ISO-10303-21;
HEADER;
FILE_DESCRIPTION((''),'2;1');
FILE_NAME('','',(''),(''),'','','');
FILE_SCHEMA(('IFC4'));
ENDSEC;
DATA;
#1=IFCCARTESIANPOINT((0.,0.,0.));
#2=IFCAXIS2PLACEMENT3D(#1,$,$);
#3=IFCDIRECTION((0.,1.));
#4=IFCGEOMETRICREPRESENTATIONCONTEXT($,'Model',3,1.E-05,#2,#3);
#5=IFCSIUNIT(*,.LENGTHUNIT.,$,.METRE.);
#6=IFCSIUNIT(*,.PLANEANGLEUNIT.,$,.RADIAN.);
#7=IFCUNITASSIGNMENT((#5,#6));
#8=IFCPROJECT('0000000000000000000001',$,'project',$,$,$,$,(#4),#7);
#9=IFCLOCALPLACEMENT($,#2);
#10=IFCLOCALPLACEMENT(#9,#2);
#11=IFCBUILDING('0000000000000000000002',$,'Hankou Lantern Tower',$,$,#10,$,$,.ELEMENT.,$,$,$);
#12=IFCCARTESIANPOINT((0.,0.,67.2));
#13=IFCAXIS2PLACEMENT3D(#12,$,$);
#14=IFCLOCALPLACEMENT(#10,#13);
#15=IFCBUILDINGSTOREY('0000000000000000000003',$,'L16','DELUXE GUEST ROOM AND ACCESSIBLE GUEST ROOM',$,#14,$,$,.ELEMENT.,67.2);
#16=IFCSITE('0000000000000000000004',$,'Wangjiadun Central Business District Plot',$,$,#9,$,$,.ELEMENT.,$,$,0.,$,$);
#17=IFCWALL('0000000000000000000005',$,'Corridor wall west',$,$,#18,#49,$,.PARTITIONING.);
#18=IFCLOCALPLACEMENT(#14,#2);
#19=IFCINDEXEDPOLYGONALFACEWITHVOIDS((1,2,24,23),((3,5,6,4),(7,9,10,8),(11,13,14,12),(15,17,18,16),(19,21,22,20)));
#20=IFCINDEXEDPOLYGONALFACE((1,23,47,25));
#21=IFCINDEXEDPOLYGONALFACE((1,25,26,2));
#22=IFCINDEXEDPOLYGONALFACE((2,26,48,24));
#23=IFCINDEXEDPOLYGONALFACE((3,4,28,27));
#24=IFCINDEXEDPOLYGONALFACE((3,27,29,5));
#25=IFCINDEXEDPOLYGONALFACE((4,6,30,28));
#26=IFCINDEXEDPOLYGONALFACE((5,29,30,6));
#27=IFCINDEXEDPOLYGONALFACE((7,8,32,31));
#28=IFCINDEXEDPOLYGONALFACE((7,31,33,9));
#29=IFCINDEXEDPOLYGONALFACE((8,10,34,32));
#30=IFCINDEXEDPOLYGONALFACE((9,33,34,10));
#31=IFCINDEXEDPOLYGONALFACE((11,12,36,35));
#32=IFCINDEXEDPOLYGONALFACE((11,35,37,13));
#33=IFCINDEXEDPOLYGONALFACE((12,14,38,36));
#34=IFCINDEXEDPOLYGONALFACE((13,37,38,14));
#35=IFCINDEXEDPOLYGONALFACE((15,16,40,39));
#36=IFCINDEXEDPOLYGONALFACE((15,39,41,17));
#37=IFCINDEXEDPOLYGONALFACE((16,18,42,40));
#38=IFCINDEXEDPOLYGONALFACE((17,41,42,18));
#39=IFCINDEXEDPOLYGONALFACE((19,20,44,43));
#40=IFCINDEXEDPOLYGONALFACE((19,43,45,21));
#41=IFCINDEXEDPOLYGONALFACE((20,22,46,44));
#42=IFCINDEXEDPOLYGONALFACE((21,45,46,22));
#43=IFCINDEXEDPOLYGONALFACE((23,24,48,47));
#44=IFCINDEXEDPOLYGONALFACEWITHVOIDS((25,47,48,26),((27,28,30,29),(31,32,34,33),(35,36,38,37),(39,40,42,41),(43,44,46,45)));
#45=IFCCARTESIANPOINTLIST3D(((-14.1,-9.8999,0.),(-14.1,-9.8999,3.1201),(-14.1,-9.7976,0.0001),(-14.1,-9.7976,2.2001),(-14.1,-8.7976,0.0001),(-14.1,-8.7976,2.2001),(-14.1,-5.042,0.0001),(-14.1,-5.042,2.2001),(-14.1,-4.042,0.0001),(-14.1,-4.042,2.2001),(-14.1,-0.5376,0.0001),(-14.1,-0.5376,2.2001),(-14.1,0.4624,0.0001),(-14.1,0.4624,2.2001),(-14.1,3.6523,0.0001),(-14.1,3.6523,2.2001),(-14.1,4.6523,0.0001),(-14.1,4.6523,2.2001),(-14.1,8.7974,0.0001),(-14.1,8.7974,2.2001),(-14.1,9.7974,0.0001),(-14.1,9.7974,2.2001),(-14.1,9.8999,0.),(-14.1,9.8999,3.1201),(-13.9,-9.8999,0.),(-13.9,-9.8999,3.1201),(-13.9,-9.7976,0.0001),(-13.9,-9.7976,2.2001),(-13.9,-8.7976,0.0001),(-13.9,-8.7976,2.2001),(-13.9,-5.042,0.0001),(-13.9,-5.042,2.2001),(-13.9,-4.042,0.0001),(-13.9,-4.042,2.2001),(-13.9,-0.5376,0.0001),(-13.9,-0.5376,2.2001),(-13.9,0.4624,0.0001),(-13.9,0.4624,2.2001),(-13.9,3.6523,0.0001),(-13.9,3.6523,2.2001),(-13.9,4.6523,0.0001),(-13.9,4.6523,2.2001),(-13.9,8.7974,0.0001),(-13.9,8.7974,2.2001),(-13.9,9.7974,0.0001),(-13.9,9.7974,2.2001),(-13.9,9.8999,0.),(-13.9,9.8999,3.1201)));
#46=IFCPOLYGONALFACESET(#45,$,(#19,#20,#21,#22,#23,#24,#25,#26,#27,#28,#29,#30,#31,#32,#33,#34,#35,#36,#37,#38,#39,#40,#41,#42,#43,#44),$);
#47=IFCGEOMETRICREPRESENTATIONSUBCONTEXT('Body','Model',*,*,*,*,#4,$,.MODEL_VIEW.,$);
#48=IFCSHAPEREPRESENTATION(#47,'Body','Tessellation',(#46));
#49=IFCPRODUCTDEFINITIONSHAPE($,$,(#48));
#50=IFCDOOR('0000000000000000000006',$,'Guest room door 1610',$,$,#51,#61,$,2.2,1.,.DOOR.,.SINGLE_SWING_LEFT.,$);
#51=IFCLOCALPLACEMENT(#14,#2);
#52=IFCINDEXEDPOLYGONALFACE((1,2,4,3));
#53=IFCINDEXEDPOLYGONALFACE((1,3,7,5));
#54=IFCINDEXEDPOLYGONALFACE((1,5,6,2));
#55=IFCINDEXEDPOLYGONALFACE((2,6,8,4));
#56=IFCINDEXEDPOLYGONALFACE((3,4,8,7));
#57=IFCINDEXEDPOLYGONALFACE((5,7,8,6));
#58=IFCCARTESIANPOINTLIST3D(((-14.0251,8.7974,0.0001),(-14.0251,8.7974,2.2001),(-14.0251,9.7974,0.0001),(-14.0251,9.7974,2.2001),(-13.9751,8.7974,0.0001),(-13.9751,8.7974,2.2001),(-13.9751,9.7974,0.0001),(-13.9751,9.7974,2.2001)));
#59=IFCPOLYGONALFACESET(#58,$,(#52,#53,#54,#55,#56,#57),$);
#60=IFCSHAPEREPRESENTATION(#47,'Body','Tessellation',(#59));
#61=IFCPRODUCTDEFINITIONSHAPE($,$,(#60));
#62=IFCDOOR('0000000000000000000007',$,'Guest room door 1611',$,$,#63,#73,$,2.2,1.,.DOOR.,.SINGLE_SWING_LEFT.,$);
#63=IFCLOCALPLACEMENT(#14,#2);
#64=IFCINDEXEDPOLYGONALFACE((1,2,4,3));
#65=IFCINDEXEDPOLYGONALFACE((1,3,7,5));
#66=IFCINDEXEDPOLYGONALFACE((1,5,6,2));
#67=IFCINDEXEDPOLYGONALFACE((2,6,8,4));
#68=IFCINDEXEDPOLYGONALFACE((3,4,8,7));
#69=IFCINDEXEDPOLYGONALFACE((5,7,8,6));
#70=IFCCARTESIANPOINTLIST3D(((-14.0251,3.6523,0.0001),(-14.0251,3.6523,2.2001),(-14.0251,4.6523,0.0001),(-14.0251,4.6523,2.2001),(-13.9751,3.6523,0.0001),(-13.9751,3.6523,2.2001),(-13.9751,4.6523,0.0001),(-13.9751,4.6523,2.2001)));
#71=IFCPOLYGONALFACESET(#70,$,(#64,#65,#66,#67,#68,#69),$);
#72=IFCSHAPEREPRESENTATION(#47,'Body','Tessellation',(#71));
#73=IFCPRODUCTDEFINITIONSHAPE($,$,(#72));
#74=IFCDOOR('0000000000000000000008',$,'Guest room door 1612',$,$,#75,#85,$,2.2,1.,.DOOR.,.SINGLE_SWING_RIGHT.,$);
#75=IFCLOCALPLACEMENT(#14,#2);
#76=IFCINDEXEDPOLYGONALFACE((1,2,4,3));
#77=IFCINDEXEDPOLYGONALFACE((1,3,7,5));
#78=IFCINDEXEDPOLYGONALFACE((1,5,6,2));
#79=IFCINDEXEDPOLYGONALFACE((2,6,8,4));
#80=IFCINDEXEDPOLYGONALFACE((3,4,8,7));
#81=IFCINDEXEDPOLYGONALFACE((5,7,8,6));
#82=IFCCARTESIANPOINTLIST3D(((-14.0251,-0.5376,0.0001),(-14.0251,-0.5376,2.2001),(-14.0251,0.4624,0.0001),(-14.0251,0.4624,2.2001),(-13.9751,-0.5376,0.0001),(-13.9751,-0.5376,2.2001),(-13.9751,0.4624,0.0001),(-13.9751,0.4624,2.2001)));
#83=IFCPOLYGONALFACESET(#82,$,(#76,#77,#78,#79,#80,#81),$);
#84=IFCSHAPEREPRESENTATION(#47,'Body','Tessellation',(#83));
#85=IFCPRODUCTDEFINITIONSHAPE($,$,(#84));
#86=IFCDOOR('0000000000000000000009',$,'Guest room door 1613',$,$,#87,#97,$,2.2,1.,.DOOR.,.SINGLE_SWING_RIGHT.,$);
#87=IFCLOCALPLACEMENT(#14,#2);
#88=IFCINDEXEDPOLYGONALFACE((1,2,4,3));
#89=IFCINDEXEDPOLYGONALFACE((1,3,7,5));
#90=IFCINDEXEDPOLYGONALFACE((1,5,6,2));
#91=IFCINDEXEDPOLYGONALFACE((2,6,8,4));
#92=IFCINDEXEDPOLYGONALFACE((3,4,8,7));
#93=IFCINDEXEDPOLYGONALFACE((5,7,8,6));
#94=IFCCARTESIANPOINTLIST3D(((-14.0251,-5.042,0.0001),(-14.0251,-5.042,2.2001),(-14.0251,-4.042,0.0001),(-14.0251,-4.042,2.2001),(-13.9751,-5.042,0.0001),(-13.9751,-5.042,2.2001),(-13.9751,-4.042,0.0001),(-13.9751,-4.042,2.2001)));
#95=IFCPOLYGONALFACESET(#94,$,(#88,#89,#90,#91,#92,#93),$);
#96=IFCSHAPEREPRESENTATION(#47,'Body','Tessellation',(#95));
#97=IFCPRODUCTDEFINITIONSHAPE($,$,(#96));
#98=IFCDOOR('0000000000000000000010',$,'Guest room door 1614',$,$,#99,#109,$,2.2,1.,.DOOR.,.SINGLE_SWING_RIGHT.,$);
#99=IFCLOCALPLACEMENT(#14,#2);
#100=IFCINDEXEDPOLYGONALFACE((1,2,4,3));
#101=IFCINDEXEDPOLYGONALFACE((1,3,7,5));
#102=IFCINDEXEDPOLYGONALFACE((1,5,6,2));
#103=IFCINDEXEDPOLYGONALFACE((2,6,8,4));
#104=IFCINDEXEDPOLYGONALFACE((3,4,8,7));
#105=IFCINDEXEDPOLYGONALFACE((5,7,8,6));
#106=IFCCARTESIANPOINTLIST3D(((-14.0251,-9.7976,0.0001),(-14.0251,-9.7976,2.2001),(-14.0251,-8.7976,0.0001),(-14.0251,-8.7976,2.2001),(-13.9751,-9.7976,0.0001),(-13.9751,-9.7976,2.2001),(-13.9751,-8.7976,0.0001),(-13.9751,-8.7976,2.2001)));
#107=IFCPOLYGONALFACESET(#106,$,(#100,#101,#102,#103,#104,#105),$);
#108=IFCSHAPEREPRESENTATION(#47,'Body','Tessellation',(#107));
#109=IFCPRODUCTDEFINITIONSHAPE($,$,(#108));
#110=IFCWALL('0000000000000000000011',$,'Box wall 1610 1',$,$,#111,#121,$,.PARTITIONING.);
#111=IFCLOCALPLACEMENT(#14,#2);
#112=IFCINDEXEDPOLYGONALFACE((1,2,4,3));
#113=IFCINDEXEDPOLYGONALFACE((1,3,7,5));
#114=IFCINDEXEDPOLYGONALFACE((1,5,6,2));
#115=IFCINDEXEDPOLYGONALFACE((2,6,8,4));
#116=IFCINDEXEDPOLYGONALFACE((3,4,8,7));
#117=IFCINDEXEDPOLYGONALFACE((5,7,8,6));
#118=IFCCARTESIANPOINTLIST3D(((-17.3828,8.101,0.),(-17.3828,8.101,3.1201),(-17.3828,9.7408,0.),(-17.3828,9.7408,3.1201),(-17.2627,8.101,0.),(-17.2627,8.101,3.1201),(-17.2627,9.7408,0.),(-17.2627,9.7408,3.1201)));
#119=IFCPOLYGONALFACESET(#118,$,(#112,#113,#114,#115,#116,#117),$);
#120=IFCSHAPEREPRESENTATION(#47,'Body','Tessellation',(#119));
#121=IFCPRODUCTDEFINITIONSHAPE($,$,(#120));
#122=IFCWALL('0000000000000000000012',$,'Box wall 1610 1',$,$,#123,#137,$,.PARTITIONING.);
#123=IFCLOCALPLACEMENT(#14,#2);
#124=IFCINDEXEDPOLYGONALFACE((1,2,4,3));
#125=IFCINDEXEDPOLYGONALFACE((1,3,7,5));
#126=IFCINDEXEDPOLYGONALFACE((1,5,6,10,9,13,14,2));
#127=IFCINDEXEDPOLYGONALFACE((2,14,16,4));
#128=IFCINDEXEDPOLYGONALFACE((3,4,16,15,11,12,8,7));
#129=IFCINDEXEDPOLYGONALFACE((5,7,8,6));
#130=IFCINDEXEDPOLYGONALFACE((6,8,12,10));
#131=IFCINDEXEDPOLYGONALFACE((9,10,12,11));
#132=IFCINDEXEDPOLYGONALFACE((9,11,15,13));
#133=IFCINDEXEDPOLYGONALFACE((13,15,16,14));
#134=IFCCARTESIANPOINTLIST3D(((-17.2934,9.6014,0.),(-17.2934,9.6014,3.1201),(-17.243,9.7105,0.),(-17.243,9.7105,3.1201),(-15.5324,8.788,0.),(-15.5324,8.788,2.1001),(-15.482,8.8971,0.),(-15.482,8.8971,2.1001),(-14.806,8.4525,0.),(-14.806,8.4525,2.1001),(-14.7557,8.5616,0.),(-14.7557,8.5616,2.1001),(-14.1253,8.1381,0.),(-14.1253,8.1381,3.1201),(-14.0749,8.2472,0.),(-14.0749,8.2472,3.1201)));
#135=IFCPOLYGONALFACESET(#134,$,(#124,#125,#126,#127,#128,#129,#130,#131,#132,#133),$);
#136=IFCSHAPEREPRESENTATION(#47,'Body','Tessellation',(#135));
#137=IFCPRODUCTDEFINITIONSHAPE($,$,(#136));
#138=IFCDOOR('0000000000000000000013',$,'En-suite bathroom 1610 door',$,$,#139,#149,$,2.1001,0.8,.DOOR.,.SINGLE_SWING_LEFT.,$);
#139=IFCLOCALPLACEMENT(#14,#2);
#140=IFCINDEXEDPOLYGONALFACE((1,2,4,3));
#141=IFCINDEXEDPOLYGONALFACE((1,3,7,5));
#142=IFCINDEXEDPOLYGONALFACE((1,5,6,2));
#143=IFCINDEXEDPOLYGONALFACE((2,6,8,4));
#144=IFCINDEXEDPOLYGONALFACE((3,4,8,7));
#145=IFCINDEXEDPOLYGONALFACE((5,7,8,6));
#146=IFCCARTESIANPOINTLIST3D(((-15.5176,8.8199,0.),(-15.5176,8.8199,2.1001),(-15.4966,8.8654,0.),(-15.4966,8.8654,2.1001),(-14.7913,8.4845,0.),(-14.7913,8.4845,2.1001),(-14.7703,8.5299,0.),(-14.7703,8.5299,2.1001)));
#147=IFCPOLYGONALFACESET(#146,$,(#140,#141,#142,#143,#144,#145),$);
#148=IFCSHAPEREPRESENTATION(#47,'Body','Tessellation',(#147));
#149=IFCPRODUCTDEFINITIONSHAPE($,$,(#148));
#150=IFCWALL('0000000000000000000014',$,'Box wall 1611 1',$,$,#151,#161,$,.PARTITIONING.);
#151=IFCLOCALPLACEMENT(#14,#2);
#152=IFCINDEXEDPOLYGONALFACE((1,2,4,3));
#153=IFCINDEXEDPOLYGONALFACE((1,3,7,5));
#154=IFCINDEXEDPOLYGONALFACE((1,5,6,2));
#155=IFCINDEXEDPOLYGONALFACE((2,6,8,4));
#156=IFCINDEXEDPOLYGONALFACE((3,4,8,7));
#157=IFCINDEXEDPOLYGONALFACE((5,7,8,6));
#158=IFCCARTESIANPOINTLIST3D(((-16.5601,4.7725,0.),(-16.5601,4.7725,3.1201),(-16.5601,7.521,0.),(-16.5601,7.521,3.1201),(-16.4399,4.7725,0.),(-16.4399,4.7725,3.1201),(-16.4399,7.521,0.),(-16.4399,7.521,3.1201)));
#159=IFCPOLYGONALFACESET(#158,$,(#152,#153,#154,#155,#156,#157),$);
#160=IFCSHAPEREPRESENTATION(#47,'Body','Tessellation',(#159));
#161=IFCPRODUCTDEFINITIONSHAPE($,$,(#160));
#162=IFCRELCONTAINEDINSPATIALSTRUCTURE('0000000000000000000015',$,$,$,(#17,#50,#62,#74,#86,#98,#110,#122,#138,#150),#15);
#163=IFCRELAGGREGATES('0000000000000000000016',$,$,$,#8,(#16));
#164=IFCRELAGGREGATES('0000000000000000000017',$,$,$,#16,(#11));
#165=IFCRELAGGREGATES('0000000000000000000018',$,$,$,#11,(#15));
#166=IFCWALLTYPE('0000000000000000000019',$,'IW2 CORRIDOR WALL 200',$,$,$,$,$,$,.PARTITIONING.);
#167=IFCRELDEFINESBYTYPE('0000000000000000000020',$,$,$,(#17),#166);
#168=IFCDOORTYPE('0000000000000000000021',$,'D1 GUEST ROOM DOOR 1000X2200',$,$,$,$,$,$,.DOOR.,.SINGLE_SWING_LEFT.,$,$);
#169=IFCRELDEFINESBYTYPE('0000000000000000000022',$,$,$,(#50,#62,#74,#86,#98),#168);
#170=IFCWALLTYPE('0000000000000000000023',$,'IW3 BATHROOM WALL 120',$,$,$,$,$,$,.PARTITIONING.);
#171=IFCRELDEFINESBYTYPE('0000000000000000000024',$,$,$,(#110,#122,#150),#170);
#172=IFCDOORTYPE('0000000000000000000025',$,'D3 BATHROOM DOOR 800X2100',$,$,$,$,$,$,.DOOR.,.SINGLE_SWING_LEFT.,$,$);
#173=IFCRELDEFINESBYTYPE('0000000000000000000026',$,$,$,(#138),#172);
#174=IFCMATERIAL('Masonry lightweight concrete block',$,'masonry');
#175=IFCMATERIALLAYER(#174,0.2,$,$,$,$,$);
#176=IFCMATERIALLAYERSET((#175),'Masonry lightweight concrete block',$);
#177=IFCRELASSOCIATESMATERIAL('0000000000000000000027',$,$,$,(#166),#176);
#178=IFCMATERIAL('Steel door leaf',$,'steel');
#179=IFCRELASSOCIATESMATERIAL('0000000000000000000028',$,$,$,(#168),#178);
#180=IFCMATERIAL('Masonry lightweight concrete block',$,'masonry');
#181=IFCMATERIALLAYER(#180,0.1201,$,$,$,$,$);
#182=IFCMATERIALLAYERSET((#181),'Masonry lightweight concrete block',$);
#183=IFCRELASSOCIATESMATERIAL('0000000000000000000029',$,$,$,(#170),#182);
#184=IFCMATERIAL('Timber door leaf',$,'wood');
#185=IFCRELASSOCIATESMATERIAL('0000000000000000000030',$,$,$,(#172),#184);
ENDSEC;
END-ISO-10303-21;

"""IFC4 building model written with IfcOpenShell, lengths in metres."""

from ifc_helpers import new_model, si_unit, direction, frame, frame_2d, origin, place, context, subcontext, project, spatial, rectangle, extrude, material, layer, layer_set, type_object, element, fill, save


model = new_model("IFC4")

# Units and contexts
model_context = context("Model", 3, precision=1e-05, world=origin(), true_north=direction((0.0, 1.0)))
body_context = subcontext(model_context, "Body", "Model", "MODEL_VIEW")
ifc_project = project(units=[si_unit("LENGTHUNIT", "METRE"), si_unit("PLANEANGLEUNIT", "RADIAN")], contexts=[model_context])

# Site, building, storey
site_placement = place(None, origin())
site = spatial("IfcSite", under=ifc_project, at=site_placement, Name="Wangjiadun Central Business District Plot", CompositionType="ELEMENT", RefElevation=0.0)
building_placement = place(site_placement, origin())
building = spatial("IfcBuilding", under=site, at=building_placement, Name="Hankou Lantern Tower", CompositionType="ELEMENT")
storey_placement = place(building_placement, frame((0.0, 0.0, 67.2)))
storey = spatial("IfcBuildingStorey", under=building, at=storey_placement, Name="L16", Description="DELUXE GUEST ROOM AND ACCESSIBLE GUEST ROOM", CompositionType="ELEMENT", Elevation=67.2)

# Wall, openings, doors
ifc_material_1 = material(Name="Masonry lightweight concrete block", Category="masonry")
ifc_layer_1 = layer(ifc_material_1, 0.2)
ifc_layer_set_1 = layer_set([ifc_layer_1], Name="Masonry lightweight concrete block")
wall_type_1 = type_object("IfcWallType", Name="IW2 CORRIDOR WALL 200", PredefinedType="PARTITIONING", material=ifc_layer_set_1)
ifc_material_2 = material(Name="Steel door leaf", Category="steel")
door_type_1 = type_object("IfcDoorType", Name="D1 GUEST ROOM DOOR 1000X2200", OperationType="SINGLE_SWING_LEFT", PredefinedType="DOOR", material=ifc_material_2)
wall_1_placement = place(storey_placement, frame((-14.0, 9.8999, 0.0), z_axis=(0.0, 0.0, 1.0), x_axis=(0.0, -1.0, 0.0)))
wall_1 = element("IfcWall", 1, at=wall_1_placement, inside=storey, type_object=wall_type_1, Name="Corridor wall west", PredefinedType="PARTITIONING", context=body_context, shape_type="SweptSolid", body=[
    extrude(rectangle(XDim=19.7998, YDim=0.2, at=frame_2d((9.8999, 0.0))), origin(), (0.0, 0.0, 1.0), 3.1201),
])
opening_1_placement = place(wall_1_placement, frame((0.1025, 0.0, 0.0)))
opening_1 = element("IfcOpeningElement", 2, at=opening_1_placement, cuts=wall_1, PredefinedType="OPENING", context=body_context, shape_type="SweptSolid", body=[
    extrude(rectangle(XDim=1.0, YDim=2.2, at=frame_2d((0.5, 1.1001))), frame((0.0, 0.1099, 0.0), z_axis=(0.0, -1.0, 0.0), x_axis=(1.0, 0.0, 0.0)), (0.0, 0.0, 1.0), 0.22),
])
opening_2_placement = place(wall_1_placement, frame((5.2476, 0.0, 0.0)))
opening_2 = element("IfcOpeningElement", 3, at=opening_2_placement, cuts=wall_1, PredefinedType="OPENING", context=body_context, shape_type="SweptSolid", body=[
    extrude(rectangle(XDim=1.0, YDim=2.2, at=frame_2d((0.5, 1.1001))), frame((0.0, 0.1099, 0.0), z_axis=(0.0, -1.0, 0.0), x_axis=(1.0, 0.0, 0.0)), (0.0, 0.0, 1.0), 0.22),
])
opening_3_placement = place(wall_1_placement, frame((9.4375, 0.0, 0.0)))
opening_3 = element("IfcOpeningElement", 4, at=opening_3_placement, cuts=wall_1, PredefinedType="OPENING", context=body_context, shape_type="SweptSolid", body=[
    extrude(rectangle(XDim=1.0, YDim=2.2, at=frame_2d((0.5, 1.1001))), frame((0.0, 0.1099, 0.0), z_axis=(0.0, -1.0, 0.0), x_axis=(1.0, 0.0, 0.0)), (0.0, 0.0, 1.0), 0.22),
])
opening_4_placement = place(wall_1_placement, frame((13.9419, 0.0, 0.0)))
opening_4 = element("IfcOpeningElement", 5, at=opening_4_placement, cuts=wall_1, PredefinedType="OPENING", context=body_context, shape_type="SweptSolid", body=[
    extrude(rectangle(XDim=1.0, YDim=2.2, at=frame_2d((0.5, 1.1001))), frame((0.0, 0.1099, 0.0), z_axis=(0.0, -1.0, 0.0), x_axis=(1.0, 0.0, 0.0)), (0.0, 0.0, 1.0), 0.22),
])
opening_5_placement = place(wall_1_placement, frame((18.6975, 0.0, 0.0)))
opening_5 = element("IfcOpeningElement", 6, at=opening_5_placement, cuts=wall_1, PredefinedType="OPENING", context=body_context, shape_type="SweptSolid", body=[
    extrude(rectangle(XDim=1.0, YDim=2.2, at=frame_2d((0.5, 1.1001))), frame((0.0, 0.1099, 0.0), z_axis=(0.0, -1.0, 0.0), x_axis=(1.0, 0.0, 0.0)), (0.0, 0.0, 1.0), 0.22),
])
door_1_placement = place(opening_1_placement, origin())
door_1 = element("IfcDoor", 7, at=door_1_placement, inside=storey, type_object=door_type_1, Name="Guest room door 1610", OperationType="SINGLE_SWING_LEFT", OverallHeight=2.2, OverallWidth=1.0, PredefinedType="DOOR", context=body_context, shape_type="SweptSolid", body=[
    extrude(rectangle(XDim=1.0, YDim=2.2, at=frame_2d((0.5, 1.1001))), frame((0.0, 0.0249, 0.0), z_axis=(0.0, -1.0, 0.0), x_axis=(1.0, 0.0, 0.0)), (0.0, 0.0, 1.0), 0.05),
])
fill(opening_1, door_1)
door_2_placement = place(opening_2_placement, origin())
door_2 = element("IfcDoor", 8, at=door_2_placement, inside=storey, type_object=door_type_1, Name="Guest room door 1611", OperationType="SINGLE_SWING_LEFT", OverallHeight=2.2, OverallWidth=1.0, PredefinedType="DOOR", context=body_context, shape_type="SweptSolid", body=[
    extrude(rectangle(XDim=1.0, YDim=2.2, at=frame_2d((0.5, 1.1001))), frame((0.0, 0.0249, 0.0), z_axis=(0.0, -1.0, 0.0), x_axis=(1.0, 0.0, 0.0)), (0.0, 0.0, 1.0), 0.05),
])
fill(opening_2, door_2)
door_3_placement = place(opening_3_placement, origin())
door_3 = element("IfcDoor", 9, at=door_3_placement, inside=storey, type_object=door_type_1, Name="Guest room door 1612", OperationType="SINGLE_SWING_RIGHT", OverallHeight=2.2, OverallWidth=1.0, PredefinedType="DOOR", context=body_context, shape_type="SweptSolid", body=[
    extrude(rectangle(XDim=1.0, YDim=2.2, at=frame_2d((0.5, 1.1001))), frame((0.0, 0.0249, 0.0), z_axis=(0.0, -1.0, 0.0), x_axis=(1.0, 0.0, 0.0)), (0.0, 0.0, 1.0), 0.05),
])
fill(opening_3, door_3)
door_4_placement = place(opening_4_placement, origin())
door_4 = element("IfcDoor", 10, at=door_4_placement, inside=storey, type_object=door_type_1, Name="Guest room door 1613", OperationType="SINGLE_SWING_RIGHT", OverallHeight=2.2, OverallWidth=1.0, PredefinedType="DOOR", context=body_context, shape_type="SweptSolid", body=[
    extrude(rectangle(XDim=1.0, YDim=2.2, at=frame_2d((0.5, 1.1001))), frame((0.0, 0.0249, 0.0), z_axis=(0.0, -1.0, 0.0), x_axis=(1.0, 0.0, 0.0)), (0.0, 0.0, 1.0), 0.05),
])
fill(opening_4, door_4)
door_5_placement = place(opening_5_placement, origin())
door_5 = element("IfcDoor", 11, at=door_5_placement, inside=storey, type_object=door_type_1, Name="Guest room door 1614", OperationType="SINGLE_SWING_RIGHT", OverallHeight=2.2, OverallWidth=1.0, PredefinedType="DOOR", context=body_context, shape_type="SweptSolid", body=[
    extrude(rectangle(XDim=1.0, YDim=2.2, at=frame_2d((0.5, 1.1001))), frame((0.0, 0.0249, 0.0), z_axis=(0.0, -1.0, 0.0), x_axis=(1.0, 0.0, 0.0)), (0.0, 0.0, 1.0), 0.05),
])
fill(opening_5, door_5)

# Wall
ifc_material_3 = material(Name="Masonry lightweight concrete block", Category="masonry")
ifc_layer_2 = layer(ifc_material_3, 0.1201)
ifc_layer_set_2 = layer_set([ifc_layer_2], Name="Masonry lightweight concrete block")
wall_type_2 = type_object("IfcWallType", Name="IW3 BATHROOM WALL 120", PredefinedType="PARTITIONING", material=ifc_layer_set_2)
wall_2_placement = place(storey_placement, frame((-17.3228, 8.1011, 0.0), z_axis=(0.0, 0.0, 1.0), x_axis=(0.0, 1.0, 0.0)))
element("IfcWall", 12, at=wall_2_placement, inside=storey, type_object=wall_type_2, Name="Box wall 1610 1", PredefinedType="PARTITIONING", context=body_context, shape_type="SweptSolid", body=[
    extrude(rectangle(XDim=1.6399, YDim=0.1201, at=frame_2d((0.8198, 0.0))), origin(), (0.0, 0.0, 1.0), 3.1201),
])

# Wall, opening, door
wall_3_placement = place(storey_placement, frame((-14.1001, 8.1926, 0.0), z_axis=(0.0, 0.0, 1.0), x_axis=(-0.907836, 0.419324, 0.0)))
wall_3 = element("IfcWall", 13, at=wall_3_placement, inside=storey, type_object=wall_type_2, Name="Box wall 1610 1", PredefinedType="PARTITIONING", context=body_context, shape_type="SweptSolid", body=[
    extrude(rectangle(XDim=3.4897, YDim=0.1201, at=frame_2d((1.7449, 0.0))), origin(), (0.0, 0.0, 1.0), 3.1201),
])
opening_6_placement = place(wall_3_placement, frame((0.75, 0.0, 0.0)))
opening_6 = element("IfcOpeningElement", 14, at=opening_6_placement, cuts=wall_3, PredefinedType="OPENING", context=body_context, shape_type="SweptSolid", body=[
    extrude(rectangle(XDim=0.8, YDim=2.1001, at=frame_2d((0.3999, 1.05))), frame((0.0, 0.0701, 0.0), z_axis=(0.0, -1.0, 0.0), x_axis=(1.0, 0.0, 0.0)), (0.0, 0.0, 1.0), 0.1401),
])
ifc_material_4 = material(Name="Timber door leaf", Category="wood")
door_type_2 = type_object("IfcDoorType", Name="D3 BATHROOM DOOR 800X2100", OperationType="SINGLE_SWING_LEFT", PredefinedType="DOOR", material=ifc_material_4)
door_6_placement = place(opening_6_placement, origin())
door_6 = element("IfcDoor", 15, at=door_6_placement, inside=storey, type_object=door_type_2, Name="En-suite bathroom 1610 door", OperationType="SINGLE_SWING_LEFT", OverallHeight=2.1001, OverallWidth=0.8, PredefinedType="DOOR", context=body_context, shape_type="SweptSolid", body=[
    extrude(rectangle(XDim=0.8, YDim=2.1001, at=frame_2d((0.3999, 1.05))), frame((0.0, 0.0249, 0.0), z_axis=(0.0, -1.0, 0.0), x_axis=(1.0, 0.0, 0.0)), (0.0, 0.0, 1.0), 0.05),
])
fill(opening_6, door_6)

# Wall
wall_4_placement = place(storey_placement, frame((-16.5, 7.521, 0.0), z_axis=(0.0, 0.0, 1.0), x_axis=(0.0, -1.0, 0.0)))
element("IfcWall", 16, at=wall_4_placement, inside=storey, type_object=wall_type_2, Name="Box wall 1611 1", PredefinedType="PARTITIONING", context=body_context, shape_type="SweptSolid", body=[
    extrude(rectangle(XDim=2.7485, YDim=0.1201, at=frame_2d((1.3743, 0.0))), origin(), (0.0, 0.0, 1.0), 3.1201),
])

save(model, "model.ifc")
